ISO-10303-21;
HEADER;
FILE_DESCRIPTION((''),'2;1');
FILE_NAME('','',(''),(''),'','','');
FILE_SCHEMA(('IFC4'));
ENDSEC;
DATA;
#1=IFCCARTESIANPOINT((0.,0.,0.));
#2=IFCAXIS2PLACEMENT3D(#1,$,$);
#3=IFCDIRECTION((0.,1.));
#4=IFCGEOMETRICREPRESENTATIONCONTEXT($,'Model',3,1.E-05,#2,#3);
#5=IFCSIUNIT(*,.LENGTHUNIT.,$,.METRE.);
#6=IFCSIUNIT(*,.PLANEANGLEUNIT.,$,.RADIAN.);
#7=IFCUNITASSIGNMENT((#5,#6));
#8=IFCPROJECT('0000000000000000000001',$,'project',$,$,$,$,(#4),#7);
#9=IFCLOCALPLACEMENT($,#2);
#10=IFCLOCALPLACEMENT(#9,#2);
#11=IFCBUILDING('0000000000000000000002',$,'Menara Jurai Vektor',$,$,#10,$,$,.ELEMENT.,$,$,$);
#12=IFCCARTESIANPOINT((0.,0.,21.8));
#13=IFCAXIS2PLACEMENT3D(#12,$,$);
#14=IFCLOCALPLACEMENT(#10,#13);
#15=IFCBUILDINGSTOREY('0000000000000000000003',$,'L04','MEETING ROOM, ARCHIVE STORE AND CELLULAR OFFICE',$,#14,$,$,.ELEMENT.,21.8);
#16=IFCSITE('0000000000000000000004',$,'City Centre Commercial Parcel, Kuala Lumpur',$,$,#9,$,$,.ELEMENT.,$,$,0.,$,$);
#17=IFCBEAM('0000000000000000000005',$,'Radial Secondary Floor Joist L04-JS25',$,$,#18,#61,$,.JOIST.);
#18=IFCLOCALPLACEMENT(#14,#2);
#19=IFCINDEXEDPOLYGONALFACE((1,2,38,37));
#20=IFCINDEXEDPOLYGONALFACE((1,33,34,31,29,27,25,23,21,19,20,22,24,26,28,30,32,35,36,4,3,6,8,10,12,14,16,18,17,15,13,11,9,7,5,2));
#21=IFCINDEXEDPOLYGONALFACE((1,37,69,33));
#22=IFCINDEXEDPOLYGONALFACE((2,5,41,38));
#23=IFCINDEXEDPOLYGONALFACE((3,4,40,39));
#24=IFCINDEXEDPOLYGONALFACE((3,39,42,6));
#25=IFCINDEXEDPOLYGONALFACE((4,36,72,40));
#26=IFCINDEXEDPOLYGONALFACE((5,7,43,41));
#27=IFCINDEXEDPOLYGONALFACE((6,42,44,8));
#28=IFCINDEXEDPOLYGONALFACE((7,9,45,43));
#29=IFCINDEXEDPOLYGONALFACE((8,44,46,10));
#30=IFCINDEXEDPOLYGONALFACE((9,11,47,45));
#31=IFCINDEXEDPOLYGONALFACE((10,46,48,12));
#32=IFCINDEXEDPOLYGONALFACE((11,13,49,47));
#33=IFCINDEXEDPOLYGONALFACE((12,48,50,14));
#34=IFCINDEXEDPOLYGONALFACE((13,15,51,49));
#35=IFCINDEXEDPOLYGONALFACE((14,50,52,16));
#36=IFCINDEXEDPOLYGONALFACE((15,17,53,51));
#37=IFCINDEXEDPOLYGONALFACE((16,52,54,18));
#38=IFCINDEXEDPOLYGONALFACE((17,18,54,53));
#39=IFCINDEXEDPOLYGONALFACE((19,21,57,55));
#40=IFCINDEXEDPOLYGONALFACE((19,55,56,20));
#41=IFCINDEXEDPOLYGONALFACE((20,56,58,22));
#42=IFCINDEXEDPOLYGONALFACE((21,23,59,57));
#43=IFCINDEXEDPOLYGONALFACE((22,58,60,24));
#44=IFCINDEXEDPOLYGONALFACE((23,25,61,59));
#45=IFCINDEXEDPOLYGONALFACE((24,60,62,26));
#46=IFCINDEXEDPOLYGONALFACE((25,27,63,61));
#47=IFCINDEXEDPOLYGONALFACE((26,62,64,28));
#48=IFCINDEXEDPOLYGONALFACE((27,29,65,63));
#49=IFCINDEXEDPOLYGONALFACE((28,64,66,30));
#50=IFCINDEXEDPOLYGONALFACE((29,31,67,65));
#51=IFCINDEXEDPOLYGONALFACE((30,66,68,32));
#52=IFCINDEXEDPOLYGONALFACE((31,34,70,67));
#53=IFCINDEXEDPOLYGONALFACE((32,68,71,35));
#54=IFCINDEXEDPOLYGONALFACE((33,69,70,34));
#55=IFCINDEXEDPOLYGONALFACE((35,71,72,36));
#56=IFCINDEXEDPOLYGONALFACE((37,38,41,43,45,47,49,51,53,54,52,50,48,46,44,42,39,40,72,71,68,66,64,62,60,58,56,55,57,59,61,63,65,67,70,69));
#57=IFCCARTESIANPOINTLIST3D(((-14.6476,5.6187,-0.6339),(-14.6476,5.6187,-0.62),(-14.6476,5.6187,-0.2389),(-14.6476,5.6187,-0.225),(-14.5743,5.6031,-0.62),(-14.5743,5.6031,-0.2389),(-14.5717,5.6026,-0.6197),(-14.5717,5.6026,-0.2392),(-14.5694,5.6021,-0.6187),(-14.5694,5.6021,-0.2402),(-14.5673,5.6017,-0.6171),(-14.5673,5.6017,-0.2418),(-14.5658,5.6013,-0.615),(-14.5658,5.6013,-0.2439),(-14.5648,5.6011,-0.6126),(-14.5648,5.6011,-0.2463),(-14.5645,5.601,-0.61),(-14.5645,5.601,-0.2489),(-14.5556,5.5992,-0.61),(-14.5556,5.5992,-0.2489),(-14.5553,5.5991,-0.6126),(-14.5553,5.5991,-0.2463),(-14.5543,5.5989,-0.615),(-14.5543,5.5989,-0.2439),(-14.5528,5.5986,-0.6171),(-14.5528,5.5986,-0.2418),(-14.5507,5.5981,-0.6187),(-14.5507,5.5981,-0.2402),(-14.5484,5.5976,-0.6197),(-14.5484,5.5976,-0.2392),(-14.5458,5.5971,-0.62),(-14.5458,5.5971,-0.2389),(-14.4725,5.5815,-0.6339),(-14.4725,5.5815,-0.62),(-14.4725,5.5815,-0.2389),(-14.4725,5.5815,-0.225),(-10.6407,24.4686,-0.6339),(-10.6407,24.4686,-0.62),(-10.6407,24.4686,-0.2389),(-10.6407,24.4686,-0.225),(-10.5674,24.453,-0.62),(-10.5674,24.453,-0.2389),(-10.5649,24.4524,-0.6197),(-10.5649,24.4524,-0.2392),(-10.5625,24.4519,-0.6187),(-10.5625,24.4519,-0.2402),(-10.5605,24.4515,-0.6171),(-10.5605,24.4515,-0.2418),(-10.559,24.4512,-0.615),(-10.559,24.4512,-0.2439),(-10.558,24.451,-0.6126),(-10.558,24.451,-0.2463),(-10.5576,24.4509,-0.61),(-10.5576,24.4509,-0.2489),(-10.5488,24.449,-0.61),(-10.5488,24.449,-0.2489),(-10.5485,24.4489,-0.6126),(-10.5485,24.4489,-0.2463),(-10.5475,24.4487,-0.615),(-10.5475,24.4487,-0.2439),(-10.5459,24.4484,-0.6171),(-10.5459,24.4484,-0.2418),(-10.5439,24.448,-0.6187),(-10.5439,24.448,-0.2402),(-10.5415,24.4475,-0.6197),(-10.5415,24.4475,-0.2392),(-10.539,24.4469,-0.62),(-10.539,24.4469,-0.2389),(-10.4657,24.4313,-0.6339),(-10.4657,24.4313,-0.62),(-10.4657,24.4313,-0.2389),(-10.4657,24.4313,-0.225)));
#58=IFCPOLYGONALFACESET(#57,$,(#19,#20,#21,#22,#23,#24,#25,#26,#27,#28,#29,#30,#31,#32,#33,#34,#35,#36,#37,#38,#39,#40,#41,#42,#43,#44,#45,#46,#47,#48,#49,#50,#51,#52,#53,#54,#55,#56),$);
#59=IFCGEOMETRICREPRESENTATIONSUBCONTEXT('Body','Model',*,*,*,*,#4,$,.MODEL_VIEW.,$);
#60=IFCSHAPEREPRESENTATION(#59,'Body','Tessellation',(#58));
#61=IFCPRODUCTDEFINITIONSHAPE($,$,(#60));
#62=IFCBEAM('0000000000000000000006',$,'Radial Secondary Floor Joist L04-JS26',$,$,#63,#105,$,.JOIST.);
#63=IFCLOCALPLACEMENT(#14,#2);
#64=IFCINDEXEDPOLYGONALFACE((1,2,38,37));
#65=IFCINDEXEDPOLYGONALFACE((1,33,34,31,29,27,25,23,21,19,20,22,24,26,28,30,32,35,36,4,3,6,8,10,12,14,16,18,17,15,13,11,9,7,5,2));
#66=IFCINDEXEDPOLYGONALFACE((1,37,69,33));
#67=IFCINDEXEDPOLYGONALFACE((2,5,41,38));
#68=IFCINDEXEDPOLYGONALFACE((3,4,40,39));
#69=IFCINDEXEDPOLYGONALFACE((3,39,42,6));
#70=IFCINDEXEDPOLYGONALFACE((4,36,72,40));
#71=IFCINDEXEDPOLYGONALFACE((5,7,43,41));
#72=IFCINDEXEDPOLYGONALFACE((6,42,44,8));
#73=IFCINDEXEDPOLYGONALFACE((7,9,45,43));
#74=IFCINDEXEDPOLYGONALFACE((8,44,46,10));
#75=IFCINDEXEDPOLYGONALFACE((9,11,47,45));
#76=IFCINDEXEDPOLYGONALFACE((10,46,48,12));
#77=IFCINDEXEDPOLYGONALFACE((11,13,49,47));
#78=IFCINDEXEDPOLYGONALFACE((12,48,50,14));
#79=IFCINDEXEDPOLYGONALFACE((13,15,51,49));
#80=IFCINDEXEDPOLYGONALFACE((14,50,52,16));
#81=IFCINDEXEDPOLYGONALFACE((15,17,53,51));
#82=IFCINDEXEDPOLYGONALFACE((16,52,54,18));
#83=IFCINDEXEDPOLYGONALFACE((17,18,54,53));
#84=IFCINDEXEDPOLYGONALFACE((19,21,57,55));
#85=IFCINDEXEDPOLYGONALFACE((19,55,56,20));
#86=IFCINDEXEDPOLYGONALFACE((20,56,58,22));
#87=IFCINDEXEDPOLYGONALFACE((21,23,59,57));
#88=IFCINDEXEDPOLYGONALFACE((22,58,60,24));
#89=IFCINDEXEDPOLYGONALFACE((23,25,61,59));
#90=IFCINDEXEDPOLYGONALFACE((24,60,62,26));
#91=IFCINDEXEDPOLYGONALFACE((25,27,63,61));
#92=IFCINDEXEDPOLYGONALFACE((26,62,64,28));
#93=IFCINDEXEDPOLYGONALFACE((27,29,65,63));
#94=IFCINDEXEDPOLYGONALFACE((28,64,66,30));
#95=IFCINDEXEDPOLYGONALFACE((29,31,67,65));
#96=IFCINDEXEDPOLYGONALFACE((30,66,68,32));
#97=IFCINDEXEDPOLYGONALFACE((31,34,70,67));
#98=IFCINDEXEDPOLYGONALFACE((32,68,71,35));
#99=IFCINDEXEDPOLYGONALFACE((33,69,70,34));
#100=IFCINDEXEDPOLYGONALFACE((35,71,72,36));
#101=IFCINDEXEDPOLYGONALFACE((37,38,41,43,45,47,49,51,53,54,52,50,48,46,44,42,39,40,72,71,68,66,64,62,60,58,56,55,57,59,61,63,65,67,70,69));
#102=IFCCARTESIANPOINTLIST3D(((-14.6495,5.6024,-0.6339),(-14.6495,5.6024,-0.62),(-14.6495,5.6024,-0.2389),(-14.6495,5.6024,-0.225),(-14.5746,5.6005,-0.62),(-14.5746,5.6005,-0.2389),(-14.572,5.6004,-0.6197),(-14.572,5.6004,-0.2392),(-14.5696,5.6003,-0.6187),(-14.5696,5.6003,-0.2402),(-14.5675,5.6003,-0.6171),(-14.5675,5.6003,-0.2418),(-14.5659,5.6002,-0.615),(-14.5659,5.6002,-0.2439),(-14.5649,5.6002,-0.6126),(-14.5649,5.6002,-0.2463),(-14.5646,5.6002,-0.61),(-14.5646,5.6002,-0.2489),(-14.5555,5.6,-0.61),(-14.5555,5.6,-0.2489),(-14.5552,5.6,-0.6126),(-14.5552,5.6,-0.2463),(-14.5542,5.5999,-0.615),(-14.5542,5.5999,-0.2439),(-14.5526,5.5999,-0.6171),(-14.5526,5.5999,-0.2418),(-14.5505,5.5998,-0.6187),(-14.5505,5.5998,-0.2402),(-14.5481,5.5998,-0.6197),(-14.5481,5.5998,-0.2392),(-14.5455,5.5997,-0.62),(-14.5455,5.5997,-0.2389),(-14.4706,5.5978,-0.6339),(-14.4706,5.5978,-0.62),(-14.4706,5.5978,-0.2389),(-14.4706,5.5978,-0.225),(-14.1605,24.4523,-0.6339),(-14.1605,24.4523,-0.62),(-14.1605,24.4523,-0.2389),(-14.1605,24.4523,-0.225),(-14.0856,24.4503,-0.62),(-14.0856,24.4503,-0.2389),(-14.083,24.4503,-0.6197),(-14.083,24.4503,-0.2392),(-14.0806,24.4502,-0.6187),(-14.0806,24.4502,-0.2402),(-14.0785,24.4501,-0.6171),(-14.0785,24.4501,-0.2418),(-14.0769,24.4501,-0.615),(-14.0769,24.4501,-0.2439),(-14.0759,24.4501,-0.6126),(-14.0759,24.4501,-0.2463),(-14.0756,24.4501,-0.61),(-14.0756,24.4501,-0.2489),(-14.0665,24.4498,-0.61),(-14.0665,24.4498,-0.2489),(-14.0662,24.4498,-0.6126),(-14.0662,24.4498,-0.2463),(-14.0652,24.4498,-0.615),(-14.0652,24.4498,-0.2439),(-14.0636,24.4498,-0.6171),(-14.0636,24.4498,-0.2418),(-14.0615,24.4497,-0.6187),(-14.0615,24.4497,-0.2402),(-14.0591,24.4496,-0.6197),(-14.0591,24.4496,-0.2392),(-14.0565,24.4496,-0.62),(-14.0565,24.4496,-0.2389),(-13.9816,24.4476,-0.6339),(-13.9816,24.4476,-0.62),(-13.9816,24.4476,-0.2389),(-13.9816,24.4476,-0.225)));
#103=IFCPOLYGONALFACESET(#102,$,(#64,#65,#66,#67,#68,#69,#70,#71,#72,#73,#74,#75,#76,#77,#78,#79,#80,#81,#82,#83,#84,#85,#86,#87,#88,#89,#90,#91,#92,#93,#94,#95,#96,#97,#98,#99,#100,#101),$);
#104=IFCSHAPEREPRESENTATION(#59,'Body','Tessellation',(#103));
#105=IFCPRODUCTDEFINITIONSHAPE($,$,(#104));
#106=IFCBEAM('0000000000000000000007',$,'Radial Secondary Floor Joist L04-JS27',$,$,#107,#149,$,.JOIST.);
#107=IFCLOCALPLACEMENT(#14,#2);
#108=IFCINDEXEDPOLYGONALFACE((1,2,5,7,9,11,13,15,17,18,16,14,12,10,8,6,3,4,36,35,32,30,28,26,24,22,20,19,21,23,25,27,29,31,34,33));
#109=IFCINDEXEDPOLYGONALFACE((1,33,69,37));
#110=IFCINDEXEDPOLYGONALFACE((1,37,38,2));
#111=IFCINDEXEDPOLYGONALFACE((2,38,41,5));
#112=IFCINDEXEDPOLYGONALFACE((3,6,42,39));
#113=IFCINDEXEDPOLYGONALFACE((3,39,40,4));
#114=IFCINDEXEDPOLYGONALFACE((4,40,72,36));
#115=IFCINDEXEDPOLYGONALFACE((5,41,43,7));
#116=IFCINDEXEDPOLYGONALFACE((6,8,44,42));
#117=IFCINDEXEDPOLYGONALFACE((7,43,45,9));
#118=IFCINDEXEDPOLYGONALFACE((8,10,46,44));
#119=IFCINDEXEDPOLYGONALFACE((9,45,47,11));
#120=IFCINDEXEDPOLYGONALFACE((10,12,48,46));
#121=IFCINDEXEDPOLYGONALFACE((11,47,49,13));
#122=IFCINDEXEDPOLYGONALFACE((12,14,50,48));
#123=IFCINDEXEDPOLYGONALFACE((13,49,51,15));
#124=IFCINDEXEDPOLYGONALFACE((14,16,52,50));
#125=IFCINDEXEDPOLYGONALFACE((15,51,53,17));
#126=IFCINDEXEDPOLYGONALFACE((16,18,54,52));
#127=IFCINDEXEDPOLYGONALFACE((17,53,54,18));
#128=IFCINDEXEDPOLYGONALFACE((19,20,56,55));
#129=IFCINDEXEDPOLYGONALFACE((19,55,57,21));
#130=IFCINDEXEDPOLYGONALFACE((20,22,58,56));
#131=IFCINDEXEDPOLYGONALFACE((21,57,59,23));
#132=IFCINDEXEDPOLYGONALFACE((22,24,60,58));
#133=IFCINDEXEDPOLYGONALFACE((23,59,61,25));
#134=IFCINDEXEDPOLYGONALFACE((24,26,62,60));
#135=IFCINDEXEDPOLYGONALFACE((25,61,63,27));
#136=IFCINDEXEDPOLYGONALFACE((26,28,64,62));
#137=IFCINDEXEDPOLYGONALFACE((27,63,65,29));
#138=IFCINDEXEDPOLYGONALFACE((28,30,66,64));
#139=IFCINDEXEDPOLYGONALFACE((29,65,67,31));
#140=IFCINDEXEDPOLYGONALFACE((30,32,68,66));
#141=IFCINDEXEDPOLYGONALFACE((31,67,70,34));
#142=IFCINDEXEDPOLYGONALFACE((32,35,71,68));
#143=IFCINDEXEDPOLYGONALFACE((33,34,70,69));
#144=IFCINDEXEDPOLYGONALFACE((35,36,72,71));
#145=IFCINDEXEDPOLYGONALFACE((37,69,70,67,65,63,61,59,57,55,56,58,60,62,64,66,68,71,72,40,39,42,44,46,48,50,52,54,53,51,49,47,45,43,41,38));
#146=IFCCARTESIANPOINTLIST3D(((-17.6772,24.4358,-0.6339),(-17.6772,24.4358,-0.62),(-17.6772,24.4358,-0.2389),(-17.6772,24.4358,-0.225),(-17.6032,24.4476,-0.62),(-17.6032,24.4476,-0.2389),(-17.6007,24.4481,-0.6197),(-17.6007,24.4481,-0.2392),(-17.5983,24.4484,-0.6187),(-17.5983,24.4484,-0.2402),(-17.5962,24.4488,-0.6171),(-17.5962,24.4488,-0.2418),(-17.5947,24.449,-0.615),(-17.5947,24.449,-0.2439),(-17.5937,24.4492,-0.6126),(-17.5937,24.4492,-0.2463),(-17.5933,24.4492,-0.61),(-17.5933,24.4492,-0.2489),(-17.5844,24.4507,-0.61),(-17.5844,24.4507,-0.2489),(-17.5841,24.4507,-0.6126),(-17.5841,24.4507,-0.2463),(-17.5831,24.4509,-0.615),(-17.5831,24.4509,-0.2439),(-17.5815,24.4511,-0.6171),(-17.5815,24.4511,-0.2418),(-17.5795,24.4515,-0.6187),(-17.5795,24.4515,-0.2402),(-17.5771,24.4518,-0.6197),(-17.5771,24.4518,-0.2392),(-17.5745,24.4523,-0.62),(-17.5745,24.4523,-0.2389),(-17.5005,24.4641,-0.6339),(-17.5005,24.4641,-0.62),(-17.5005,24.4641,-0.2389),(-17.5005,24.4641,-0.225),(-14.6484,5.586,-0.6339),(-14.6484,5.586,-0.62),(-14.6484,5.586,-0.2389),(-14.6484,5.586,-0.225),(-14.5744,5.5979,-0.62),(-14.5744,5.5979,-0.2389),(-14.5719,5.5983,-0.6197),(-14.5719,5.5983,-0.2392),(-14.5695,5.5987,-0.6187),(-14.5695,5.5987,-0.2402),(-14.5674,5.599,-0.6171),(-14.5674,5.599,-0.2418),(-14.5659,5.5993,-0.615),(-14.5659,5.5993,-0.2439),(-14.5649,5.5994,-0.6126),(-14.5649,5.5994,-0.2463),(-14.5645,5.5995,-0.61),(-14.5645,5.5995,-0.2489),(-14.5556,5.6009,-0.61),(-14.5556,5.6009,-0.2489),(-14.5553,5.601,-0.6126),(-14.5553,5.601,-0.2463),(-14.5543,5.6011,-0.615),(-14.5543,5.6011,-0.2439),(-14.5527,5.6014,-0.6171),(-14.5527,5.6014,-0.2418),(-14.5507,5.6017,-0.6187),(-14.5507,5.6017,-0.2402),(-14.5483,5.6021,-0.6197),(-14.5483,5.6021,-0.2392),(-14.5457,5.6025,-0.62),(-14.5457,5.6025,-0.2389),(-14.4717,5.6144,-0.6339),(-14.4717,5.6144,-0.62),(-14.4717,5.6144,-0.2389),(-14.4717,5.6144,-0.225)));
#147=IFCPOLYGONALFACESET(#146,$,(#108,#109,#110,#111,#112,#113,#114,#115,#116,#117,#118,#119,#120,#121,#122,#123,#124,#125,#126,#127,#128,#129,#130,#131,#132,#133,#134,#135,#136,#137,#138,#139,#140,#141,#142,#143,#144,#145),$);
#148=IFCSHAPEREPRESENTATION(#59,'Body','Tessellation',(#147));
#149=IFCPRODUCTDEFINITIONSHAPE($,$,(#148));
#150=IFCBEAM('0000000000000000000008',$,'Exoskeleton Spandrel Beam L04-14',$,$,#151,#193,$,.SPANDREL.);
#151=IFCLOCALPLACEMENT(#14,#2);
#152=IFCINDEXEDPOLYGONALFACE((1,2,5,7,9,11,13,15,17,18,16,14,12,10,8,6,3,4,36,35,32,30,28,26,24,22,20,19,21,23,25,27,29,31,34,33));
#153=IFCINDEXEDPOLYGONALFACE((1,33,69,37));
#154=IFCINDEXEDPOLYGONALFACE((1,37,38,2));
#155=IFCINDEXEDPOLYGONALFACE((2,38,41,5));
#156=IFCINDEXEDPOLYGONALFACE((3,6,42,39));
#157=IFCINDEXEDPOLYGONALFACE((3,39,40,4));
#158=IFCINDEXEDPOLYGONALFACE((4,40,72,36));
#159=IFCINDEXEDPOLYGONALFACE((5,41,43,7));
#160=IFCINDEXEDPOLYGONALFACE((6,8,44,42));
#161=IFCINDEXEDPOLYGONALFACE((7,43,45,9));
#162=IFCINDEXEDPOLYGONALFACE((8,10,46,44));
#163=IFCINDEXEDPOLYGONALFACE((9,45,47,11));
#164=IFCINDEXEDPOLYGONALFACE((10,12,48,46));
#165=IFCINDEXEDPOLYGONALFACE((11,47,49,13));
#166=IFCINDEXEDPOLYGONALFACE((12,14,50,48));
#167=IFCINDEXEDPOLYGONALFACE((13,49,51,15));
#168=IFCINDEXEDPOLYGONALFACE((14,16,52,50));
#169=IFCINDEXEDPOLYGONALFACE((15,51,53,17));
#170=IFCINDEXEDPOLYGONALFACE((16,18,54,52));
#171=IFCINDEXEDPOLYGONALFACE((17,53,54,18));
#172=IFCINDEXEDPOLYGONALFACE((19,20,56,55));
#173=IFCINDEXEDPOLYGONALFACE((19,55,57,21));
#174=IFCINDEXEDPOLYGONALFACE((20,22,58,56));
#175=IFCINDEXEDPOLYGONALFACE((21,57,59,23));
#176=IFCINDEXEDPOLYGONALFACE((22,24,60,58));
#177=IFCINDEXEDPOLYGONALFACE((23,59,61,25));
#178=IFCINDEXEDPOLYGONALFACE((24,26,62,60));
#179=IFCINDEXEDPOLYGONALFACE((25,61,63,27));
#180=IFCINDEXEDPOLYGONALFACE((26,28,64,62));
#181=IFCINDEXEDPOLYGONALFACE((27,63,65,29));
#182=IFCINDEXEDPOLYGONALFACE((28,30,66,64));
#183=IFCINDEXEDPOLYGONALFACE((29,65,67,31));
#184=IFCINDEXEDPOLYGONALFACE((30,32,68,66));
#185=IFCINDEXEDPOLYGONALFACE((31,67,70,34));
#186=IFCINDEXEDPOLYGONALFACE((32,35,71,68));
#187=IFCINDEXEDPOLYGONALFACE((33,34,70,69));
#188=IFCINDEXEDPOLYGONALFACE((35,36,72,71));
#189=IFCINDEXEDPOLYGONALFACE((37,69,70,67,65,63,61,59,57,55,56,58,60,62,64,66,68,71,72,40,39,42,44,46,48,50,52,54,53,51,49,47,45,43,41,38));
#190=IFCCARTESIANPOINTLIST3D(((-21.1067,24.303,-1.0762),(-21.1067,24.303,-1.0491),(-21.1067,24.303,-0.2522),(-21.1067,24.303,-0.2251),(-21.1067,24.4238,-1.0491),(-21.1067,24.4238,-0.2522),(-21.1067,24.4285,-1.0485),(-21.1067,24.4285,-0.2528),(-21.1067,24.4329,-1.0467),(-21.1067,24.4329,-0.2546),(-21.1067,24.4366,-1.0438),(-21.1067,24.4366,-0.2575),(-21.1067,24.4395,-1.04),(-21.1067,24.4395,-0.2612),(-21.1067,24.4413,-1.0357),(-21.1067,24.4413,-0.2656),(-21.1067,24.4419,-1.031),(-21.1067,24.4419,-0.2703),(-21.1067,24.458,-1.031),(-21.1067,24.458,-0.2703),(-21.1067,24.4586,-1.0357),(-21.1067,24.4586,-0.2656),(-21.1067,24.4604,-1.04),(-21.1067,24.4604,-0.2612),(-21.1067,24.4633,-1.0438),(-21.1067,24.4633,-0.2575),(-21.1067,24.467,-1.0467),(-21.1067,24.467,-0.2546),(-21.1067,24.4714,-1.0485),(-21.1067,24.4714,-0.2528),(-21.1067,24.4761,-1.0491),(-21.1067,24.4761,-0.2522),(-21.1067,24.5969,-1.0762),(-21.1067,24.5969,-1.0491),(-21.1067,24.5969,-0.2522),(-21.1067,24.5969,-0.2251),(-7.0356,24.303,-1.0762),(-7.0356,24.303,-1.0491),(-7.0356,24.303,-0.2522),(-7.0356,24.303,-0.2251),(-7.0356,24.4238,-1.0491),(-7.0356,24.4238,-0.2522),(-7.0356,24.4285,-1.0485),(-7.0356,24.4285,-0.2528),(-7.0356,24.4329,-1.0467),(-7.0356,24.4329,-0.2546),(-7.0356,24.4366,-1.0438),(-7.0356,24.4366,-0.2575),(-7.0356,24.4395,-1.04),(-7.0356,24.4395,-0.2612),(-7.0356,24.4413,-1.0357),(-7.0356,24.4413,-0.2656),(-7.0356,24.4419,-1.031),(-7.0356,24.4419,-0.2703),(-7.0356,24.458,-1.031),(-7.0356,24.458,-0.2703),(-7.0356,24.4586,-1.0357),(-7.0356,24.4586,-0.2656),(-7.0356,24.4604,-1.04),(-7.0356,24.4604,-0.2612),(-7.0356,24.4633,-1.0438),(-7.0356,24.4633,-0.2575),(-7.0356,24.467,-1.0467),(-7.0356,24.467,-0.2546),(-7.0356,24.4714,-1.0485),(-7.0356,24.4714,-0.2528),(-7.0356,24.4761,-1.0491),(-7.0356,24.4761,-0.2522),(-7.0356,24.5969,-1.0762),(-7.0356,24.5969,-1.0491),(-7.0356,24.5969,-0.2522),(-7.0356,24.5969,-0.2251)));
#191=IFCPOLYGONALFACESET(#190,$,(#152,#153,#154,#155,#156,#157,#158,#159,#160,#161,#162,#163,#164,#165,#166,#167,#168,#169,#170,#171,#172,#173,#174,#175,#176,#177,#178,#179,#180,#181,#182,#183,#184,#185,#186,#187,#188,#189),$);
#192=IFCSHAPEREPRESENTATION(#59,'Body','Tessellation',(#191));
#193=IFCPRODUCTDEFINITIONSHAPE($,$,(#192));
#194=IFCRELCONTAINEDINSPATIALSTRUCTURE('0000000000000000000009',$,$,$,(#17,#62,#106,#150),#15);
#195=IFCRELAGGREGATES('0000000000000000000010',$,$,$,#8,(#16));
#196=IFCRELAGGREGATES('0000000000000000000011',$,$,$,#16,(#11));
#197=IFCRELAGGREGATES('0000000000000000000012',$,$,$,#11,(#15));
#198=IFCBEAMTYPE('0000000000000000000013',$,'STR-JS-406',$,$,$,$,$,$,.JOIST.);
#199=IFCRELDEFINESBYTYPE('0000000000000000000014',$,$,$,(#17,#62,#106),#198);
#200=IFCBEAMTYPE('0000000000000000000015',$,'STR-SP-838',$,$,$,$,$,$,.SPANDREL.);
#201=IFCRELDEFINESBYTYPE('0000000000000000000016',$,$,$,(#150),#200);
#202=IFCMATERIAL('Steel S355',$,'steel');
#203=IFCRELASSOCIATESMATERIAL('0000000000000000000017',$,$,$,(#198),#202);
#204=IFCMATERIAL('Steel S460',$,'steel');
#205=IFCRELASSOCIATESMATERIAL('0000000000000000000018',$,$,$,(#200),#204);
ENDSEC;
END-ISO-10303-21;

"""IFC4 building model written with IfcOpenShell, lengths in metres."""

from ifc_helpers import new_model, si_unit, direction, frame, origin, origin_2d, place, context, subcontext, project, spatial, i_section, extrude, material, material_profile, profile_set, type_object, element, save


model = new_model("IFC4")

# Units and contexts
model_context = context("Model", 3, precision=1e-05, world=origin(), true_north=direction((0.0, 1.0)))
body_context = subcontext(model_context, "Body", "Model", "MODEL_VIEW")
ifc_project = project(units=[si_unit("LENGTHUNIT", "METRE"), si_unit("PLANEANGLEUNIT", "RADIAN")], contexts=[model_context])

# Site, building, storey
site_placement = place(None, origin())
site = spatial("IfcSite", under=ifc_project, at=site_placement, Name="City Centre Commercial Parcel, Kuala Lumpur", CompositionType="ELEMENT", RefElevation=0.0)
building_placement = place(site_placement, origin())
building = spatial("IfcBuilding", under=site, at=building_placement, Name="Menara Jurai Vektor", CompositionType="ELEMENT")
storey_placement = place(building_placement, frame((0.0, 0.0, 21.8)))
storey = spatial("IfcBuildingStorey", under=building, at=storey_placement, Name="L04", Description="MEETING ROOM, ARCHIVE STORE AND CELLULAR OFFICE", CompositionType="ELEMENT", Elevation=21.8)

# Shared definitions
ifc_material_1 = material(Name="Steel S460", Category="steel")

# Beams
ifc_material_2 = material(Name="Steel S355", Category="steel")
ifc_material_profile_1 = material_profile(ifc_material_2, i_section(OverallWidth=0.179, OverallDepth=0.4089, WebThickness=0.009, FlangeThickness=0.0139, FilletRadius=0.01, at=origin_2d()), Name="UKB 406x178x67")
ifc_profile_set_1 = profile_set([ifc_material_profile_1], Name="Steel S355")
beam_type_1 = type_object("IfcBeamType", Name="STR-JS-406", PredefinedType="JOIST", material=ifc_profile_set_1)
beam_1_placement = place(storey_placement, frame((-10.5532, 24.45, -0.4294), z_axis=(-0.20792, -0.978146, 0.0), x_axis=(0.978146, -0.20792, 0.0)))
element("IfcBeam", 1, at=beam_1_placement, inside=storey, type_object=beam_type_1, Name="Radial Secondary Floor Joist L04-JS25", PredefinedType="JOIST", context=body_context, shape_type="SweptSolid", body=[
    extrude(i_section(OverallWidth=0.179, OverallDepth=0.4089, WebThickness=0.009, FlangeThickness=0.0139, FilletRadius=0.01, at=origin_2d()), origin(), (0.0, 0.0, 1.0), 19.271),
])
beam_2_placement = place(storey_placement, frame((-14.071, 24.45, -0.4294), z_axis=(-0.025934, -0.999664, 0.0), x_axis=(0.999664, -0.025934, 0.0)))
element("IfcBeam", 2, at=beam_2_placement, inside=storey, type_object=beam_type_1, Name="Radial Secondary Floor Joist L04-JS26", PredefinedType="JOIST", context=body_context, shape_type="SweptSolid", body=[
    extrude(i_section(OverallWidth=0.179, OverallDepth=0.4089, WebThickness=0.009, FlangeThickness=0.0139, FilletRadius=0.01, at=origin_2d()), origin(), (0.0, 0.0, 1.0), 18.8562),
])
beam_3_placement = place(storey_placement, frame((-17.5889, 24.45, -0.4294), z_axis=(0.158646, -0.987336, 0.0), x_axis=(0.987336, 0.158646, 0.0)))
element("IfcBeam", 3, at=beam_3_placement, inside=storey, type_object=beam_type_1, Name="Radial Secondary Floor Joist L04-JS27", PredefinedType="JOIST", context=body_context, shape_type="SweptSolid", body=[
    extrude(i_section(OverallWidth=0.179, OverallDepth=0.4089, WebThickness=0.009, FlangeThickness=0.0139, FilletRadius=0.01, at=origin_2d()), origin(), (0.0, 0.0, 1.0), 19.0916),
])
ifc_material_profile_2 = material_profile(ifc_material_1, i_section(OverallWidth=0.2939, OverallDepth=0.8511, WebThickness=0.0161, FlangeThickness=0.0271, FilletRadius=0.0181, at=origin_2d()), Name="UKB 838x292x226")
ifc_profile_set_2 = profile_set([ifc_material_profile_2], Name="Steel S460")
beam_type_2 = type_object("IfcBeamType", Name="STR-SP-838", PredefinedType="SPANDREL", material=ifc_profile_set_2)
for number, where, z_axis, x_axis, name in (
    (4, (-7.0356, 24.45, -0.6506), (-1.0, 0.0, 0.0), (0.0, -1.0, 0.0), "Exoskeleton Spandrel Beam L04-14"),
):
    element("IfcBeam", number, at=place(storey_placement, frame(where, z_axis=z_axis, x_axis=x_axis)), inside=storey, type_object=beam_type_2, Name=name, PredefinedType="SPANDREL", context=body_context, shape_type="SweptSolid", body=[
        extrude(i_section(OverallWidth=0.2939, OverallDepth=0.8511, WebThickness=0.0161, FlangeThickness=0.0271, FilletRadius=0.0181, at=origin_2d()), origin(), (0.0, 0.0, 1.0), 14.071),
    ])

save(model, "model.ifc")
